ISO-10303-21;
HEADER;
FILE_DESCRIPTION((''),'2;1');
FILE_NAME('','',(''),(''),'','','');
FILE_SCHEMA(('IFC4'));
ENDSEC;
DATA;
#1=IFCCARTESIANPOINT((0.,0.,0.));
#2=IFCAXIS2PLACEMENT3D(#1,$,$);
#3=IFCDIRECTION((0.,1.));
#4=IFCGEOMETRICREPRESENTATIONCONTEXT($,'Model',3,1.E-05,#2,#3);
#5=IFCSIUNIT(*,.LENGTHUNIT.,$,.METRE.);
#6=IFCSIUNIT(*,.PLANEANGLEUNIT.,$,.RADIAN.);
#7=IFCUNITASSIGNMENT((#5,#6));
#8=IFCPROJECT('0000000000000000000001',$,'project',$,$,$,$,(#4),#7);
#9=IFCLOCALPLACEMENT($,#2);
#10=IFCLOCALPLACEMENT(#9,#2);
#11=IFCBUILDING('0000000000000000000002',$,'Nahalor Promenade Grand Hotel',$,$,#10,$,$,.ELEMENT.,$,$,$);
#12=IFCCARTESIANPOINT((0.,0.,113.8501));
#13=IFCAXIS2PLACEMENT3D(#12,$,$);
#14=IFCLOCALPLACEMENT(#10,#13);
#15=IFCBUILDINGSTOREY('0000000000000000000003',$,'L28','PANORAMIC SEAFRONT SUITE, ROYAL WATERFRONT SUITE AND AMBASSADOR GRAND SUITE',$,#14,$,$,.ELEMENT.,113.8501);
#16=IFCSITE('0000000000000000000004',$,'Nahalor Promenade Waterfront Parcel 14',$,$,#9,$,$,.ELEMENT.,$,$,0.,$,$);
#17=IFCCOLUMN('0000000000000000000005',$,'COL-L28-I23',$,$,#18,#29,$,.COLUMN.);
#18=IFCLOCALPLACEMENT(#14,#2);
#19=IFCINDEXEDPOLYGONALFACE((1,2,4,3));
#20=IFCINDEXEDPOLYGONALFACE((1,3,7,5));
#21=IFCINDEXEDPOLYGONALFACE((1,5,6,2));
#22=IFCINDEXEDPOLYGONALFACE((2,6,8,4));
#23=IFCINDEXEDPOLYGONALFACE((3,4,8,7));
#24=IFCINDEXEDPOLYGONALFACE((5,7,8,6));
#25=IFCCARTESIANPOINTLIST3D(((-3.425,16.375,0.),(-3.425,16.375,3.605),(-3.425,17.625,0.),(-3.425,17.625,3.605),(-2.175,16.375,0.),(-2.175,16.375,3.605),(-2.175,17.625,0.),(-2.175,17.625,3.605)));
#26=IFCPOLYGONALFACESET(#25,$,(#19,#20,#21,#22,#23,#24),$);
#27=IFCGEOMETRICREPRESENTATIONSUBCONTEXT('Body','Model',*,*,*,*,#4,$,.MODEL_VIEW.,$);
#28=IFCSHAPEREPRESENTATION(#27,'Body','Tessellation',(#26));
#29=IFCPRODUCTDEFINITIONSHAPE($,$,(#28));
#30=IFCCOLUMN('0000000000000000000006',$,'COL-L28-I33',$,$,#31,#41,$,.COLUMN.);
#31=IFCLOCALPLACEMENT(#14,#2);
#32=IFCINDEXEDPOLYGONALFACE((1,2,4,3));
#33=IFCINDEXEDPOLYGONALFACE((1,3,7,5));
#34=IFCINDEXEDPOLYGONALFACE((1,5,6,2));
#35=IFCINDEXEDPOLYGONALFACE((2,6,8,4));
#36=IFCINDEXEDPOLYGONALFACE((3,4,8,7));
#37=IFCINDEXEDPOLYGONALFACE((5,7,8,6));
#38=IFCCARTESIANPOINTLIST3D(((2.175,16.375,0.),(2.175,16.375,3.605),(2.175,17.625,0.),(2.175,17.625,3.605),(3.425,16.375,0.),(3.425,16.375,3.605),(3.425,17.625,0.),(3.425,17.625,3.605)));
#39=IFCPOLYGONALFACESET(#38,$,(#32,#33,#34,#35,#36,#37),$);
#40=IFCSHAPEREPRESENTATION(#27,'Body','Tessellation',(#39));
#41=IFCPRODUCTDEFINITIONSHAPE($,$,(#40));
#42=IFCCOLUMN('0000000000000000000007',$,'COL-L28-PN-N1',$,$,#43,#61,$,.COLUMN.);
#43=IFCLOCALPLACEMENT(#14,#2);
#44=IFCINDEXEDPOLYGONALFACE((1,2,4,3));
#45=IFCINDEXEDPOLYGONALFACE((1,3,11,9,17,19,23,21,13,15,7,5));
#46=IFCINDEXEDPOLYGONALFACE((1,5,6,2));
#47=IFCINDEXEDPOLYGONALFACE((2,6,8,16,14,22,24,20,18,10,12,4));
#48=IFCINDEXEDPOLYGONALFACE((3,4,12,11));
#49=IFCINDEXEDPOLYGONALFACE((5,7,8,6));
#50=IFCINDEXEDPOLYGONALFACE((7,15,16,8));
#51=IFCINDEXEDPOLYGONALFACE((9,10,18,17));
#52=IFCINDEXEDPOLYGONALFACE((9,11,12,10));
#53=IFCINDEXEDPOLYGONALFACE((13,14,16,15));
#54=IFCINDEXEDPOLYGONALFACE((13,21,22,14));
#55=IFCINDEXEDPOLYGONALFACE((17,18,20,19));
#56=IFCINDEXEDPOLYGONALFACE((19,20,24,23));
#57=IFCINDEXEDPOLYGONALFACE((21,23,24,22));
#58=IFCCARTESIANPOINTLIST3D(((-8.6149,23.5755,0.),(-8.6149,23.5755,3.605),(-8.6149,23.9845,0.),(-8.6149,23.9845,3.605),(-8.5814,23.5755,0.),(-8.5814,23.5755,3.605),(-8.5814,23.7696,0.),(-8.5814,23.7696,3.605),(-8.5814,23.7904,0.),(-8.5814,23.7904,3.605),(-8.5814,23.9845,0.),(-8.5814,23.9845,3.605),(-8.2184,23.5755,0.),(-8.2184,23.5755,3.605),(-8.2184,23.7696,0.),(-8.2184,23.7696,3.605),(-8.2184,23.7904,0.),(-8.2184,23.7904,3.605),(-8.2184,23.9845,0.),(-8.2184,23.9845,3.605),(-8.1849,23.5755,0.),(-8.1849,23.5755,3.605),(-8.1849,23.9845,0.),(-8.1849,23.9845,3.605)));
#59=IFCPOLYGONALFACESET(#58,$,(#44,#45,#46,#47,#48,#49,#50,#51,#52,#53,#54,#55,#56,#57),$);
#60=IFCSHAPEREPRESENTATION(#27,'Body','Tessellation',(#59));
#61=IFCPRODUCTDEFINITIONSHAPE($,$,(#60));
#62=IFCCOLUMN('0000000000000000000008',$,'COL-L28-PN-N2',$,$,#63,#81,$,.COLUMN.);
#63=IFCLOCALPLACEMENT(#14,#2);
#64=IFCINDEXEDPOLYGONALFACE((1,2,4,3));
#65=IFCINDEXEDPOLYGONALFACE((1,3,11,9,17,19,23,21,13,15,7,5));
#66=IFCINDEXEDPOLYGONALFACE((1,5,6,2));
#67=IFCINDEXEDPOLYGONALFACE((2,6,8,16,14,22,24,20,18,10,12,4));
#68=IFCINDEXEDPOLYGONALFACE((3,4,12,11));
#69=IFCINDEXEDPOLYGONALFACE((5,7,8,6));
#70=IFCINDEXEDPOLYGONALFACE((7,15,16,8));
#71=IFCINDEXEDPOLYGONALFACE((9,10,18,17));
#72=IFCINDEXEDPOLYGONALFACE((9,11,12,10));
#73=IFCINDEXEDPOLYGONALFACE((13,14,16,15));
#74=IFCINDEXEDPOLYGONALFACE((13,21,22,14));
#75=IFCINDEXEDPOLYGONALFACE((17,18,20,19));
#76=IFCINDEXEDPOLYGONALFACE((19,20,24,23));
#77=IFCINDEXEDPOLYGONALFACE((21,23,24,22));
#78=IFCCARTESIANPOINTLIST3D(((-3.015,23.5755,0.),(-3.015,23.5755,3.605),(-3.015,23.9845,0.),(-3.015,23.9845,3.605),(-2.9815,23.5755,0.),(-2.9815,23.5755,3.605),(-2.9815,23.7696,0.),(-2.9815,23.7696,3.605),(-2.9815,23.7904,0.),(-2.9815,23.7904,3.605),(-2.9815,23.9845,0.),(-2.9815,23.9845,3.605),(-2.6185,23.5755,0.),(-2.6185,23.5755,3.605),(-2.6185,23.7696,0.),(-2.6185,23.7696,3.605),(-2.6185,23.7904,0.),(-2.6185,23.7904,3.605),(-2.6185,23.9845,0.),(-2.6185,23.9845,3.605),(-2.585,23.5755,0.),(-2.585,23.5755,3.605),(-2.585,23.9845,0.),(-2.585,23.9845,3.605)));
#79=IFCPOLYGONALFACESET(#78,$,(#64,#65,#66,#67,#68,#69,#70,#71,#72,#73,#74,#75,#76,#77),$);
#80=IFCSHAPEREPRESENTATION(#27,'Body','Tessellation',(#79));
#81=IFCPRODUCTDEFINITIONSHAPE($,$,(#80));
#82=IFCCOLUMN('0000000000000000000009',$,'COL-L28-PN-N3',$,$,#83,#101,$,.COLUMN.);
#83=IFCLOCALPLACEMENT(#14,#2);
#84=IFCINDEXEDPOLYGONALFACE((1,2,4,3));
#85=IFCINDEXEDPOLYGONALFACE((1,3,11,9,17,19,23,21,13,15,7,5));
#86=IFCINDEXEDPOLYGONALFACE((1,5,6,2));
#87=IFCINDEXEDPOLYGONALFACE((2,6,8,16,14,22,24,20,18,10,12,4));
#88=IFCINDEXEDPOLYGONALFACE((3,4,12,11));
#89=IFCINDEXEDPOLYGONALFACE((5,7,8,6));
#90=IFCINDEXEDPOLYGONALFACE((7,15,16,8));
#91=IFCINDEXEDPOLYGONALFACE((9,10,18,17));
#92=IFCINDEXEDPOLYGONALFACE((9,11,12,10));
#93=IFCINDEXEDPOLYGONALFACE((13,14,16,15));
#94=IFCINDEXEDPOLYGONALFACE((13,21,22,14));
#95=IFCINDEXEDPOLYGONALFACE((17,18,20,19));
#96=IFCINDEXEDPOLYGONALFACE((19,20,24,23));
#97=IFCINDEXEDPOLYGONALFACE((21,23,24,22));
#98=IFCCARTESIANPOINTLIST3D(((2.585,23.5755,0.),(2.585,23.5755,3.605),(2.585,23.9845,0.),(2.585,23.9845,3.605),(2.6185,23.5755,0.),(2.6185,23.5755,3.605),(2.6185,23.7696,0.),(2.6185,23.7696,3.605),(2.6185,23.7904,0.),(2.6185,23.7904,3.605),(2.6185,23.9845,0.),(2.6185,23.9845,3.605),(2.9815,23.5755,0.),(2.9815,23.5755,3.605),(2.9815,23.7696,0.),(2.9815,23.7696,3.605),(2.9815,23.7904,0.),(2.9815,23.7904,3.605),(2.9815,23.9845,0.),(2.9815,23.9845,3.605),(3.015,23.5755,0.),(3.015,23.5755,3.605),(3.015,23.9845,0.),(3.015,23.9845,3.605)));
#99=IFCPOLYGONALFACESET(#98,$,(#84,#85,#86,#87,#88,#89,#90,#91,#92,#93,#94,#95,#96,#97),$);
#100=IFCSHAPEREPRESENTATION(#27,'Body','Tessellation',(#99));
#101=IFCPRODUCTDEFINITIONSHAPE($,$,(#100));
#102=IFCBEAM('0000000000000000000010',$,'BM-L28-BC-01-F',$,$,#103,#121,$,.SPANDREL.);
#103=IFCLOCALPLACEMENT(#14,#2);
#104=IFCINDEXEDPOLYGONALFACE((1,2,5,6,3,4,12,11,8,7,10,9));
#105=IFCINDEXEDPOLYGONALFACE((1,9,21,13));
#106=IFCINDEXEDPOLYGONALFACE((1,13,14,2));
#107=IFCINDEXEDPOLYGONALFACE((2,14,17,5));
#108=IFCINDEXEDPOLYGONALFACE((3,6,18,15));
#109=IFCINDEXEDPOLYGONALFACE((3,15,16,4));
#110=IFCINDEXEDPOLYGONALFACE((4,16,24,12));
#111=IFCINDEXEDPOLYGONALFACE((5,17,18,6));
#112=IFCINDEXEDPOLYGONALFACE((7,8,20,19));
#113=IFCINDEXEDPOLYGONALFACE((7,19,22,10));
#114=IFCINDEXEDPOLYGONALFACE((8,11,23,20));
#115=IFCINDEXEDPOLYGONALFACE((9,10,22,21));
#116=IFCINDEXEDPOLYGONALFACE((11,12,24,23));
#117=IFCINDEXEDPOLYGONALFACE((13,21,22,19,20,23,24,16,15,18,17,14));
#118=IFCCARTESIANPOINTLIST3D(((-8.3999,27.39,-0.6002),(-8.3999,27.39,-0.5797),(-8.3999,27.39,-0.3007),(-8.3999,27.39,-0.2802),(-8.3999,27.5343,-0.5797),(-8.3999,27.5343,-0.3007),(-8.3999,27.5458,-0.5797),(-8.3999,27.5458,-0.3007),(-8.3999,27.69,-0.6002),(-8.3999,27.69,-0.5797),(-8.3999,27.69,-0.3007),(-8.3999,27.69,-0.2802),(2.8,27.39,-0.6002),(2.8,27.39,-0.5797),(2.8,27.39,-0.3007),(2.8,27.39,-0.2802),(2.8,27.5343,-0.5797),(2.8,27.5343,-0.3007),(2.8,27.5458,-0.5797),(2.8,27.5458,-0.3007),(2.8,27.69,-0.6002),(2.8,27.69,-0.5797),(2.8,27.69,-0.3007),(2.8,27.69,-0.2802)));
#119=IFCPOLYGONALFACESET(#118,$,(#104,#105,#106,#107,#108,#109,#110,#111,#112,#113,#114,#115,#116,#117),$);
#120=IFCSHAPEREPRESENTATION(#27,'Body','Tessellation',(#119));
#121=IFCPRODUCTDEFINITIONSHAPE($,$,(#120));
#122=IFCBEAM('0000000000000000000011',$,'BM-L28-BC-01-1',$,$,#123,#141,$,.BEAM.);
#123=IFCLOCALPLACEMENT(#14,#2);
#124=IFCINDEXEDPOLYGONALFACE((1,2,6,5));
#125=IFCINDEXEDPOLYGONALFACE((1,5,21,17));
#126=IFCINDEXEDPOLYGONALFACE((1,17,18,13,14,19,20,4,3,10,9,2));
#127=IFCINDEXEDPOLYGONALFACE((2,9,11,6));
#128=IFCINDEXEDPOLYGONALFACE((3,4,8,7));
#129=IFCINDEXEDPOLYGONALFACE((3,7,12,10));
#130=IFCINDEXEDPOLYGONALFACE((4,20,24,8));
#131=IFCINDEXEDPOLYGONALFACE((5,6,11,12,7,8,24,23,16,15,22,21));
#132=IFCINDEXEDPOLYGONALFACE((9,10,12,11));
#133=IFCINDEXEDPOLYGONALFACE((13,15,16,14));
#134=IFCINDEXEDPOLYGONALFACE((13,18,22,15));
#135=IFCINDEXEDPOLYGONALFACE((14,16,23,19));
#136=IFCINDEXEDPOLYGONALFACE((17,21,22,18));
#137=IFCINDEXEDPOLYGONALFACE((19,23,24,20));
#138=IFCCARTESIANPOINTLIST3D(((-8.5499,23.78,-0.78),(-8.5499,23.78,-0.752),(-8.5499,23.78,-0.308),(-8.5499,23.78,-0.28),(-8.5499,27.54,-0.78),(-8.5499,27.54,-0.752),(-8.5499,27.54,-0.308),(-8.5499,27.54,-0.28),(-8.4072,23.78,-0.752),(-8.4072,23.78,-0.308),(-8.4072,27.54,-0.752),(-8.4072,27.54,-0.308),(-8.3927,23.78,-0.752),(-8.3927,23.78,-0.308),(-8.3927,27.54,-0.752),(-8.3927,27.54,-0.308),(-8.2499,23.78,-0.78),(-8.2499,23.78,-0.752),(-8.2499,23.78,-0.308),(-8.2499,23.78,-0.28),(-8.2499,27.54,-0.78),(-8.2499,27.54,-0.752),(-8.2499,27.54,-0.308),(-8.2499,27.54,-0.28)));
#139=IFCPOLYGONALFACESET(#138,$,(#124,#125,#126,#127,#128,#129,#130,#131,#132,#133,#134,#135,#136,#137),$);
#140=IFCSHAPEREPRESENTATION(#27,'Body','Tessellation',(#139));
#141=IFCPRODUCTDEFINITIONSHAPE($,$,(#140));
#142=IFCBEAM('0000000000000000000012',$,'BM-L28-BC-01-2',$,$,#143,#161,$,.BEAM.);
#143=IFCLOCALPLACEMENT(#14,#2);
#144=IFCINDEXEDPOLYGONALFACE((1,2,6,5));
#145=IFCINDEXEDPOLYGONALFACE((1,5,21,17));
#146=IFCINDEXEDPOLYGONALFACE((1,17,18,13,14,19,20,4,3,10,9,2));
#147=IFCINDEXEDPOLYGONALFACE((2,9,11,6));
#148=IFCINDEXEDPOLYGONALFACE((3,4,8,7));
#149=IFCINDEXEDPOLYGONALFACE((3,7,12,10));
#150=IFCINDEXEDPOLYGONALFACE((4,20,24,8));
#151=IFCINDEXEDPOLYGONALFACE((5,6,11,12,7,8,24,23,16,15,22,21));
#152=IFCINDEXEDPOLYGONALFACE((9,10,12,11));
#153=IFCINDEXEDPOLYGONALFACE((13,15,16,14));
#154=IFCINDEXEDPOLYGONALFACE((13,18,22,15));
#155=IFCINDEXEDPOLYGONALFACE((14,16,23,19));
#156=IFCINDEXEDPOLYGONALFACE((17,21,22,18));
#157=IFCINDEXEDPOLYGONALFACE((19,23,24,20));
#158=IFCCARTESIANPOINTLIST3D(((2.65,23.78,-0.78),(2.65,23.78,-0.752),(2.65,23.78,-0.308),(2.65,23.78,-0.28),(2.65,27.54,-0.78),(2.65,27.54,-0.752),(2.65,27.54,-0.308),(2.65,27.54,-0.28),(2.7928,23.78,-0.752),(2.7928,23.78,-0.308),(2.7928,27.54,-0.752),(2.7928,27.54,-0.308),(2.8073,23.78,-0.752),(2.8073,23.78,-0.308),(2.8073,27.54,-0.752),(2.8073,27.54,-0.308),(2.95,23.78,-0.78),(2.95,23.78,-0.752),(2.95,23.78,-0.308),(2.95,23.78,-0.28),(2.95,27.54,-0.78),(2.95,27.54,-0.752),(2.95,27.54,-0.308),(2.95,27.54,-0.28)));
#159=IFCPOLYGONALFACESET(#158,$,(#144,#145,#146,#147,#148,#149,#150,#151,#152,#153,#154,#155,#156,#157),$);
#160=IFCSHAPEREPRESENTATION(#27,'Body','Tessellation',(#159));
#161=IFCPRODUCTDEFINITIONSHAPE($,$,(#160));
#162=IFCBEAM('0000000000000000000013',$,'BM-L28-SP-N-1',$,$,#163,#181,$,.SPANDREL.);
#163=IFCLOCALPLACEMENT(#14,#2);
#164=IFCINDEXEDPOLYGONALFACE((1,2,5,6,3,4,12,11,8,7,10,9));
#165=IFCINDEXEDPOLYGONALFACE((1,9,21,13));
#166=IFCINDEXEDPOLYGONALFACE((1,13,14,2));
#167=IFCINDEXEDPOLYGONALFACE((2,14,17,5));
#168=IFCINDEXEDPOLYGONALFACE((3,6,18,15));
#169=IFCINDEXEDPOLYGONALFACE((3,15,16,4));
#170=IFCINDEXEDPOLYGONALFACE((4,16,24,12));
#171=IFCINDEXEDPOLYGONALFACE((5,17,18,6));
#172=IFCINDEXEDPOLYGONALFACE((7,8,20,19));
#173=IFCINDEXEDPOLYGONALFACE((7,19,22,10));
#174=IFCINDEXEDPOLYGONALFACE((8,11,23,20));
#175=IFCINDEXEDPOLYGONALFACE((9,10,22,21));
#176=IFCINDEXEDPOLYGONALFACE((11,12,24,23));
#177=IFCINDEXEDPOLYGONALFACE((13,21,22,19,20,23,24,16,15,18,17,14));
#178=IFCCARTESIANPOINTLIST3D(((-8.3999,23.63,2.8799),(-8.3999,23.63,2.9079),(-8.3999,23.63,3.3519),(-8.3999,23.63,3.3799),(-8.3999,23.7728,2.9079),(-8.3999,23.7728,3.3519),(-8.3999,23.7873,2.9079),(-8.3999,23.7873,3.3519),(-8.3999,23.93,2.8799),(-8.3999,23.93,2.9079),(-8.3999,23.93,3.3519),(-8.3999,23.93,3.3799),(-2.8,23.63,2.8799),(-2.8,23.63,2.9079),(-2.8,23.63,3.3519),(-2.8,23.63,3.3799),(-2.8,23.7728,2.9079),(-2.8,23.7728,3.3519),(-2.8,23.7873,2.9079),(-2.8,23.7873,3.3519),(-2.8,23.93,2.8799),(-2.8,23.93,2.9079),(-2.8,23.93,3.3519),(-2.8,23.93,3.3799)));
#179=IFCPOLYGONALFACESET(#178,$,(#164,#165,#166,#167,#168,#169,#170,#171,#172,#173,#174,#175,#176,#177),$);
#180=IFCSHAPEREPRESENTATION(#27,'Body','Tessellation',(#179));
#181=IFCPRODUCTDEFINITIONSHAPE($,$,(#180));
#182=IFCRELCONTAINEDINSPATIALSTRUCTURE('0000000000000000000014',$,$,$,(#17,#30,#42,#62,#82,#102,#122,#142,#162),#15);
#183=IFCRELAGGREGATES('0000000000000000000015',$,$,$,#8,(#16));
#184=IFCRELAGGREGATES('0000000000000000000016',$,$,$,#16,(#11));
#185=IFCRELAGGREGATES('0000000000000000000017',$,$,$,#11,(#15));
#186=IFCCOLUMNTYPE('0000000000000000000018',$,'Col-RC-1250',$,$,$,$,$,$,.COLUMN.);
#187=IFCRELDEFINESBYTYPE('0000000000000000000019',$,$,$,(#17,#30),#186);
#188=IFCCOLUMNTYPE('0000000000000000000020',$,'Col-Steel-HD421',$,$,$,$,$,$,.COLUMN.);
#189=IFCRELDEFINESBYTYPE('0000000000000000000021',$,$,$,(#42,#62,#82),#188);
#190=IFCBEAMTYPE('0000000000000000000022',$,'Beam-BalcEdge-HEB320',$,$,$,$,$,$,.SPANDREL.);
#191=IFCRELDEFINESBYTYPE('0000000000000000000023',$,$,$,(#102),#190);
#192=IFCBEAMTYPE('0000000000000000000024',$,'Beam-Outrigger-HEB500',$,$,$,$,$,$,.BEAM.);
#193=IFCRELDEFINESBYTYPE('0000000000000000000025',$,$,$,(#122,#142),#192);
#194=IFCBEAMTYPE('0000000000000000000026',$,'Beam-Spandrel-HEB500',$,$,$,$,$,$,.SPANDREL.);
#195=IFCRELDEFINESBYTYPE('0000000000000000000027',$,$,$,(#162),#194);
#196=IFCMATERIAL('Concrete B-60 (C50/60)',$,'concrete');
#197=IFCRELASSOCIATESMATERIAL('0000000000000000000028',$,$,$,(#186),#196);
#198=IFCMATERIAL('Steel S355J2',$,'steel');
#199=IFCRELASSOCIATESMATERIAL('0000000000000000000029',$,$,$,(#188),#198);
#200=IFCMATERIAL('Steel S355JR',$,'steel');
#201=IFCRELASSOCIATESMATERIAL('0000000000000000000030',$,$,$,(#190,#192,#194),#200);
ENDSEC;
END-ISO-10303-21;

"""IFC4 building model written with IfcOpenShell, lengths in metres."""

from ifc_helpers import new_model, si_unit, direction, frame, origin, origin_2d, place, context, subcontext, project, spatial, rectangle, i_section, extrude, source, transform, mapped, material, material_profile, profile_set, type_object, element, save


model = new_model("IFC4")

# Units and contexts
model_context = context("Model", 3, precision=1e-05, world=origin(), true_north=direction((0.0, 1.0)))
body_context = subcontext(model_context, "Body", "Model", "MODEL_VIEW")
ifc_project = project(units=[si_unit("LENGTHUNIT", "METRE"), si_unit("PLANEANGLEUNIT", "RADIAN")], contexts=[model_context])

# Site, building, storey
site_placement = place(None, origin())
site = spatial("IfcSite", under=ifc_project, at=site_placement, Name="Nahalor Promenade Waterfront Parcel 14", CompositionType="ELEMENT", RefElevation=0.0)
building_placement = place(site_placement, origin())
building = spatial("IfcBuilding", under=site, at=building_placement, Name="Nahalor Promenade Grand Hotel", CompositionType="ELEMENT")
storey_placement = place(building_placement, frame((0.0, 0.0, 113.8501)))
storey = spatial("IfcBuildingStorey", under=building, at=storey_placement, Name="L28", Description="PANORAMIC SEAFRONT SUITE, ROYAL WATERFRONT SUITE AND AMBASSADOR GRAND SUITE", CompositionType="ELEMENT", Elevation=113.8501)

# Columns
ifc_material_1 = material(Name="Concrete B-60 (C50/60)", Category="concrete")
ifc_material_profile_1 = material_profile(ifc_material_1, rectangle(XDim=1.25, YDim=1.25, at=origin_2d()), Name="RC 1250x1250")
ifc_profile_set_1 = profile_set([ifc_material_profile_1], Name="Concrete B-60 (C50/60)")
column_type_1 = type_object("IfcColumnType", Name="Col-RC-1250", PredefinedType="COLUMN", material=ifc_profile_set_1)
shared_shape_1 = source(origin(), body_context, "Body", "SweptSolid", [
    extrude(rectangle(XDim=1.25, YDim=1.25, at=origin_2d()), origin(), (0.0, 0.0, 1.0), 3.605),
])
for number, where, z_axis, x_axis, name in (
    (1, (-2.8, 17.0, 0.0), (0.0, 0.0, 1.0), (1.0, 0.0, 0.0), "COL-L28-I23"),
    (2, (2.8, 17.0, 0.0), (0.0, 0.0, 1.0), (1.0, 0.0, 0.0), "COL-L28-I33"),
):
    element("IfcColumn", number, at=place(storey_placement, frame(where, z_axis=z_axis, x_axis=x_axis)), inside=storey, type_object=column_type_1, Name=name, PredefinedType="COLUMN", context=body_context, shape_type="MappedRepresentation", body=[
        mapped(shared_shape_1, transform((0.0, 0.0, 0.0), scale=1.0)),
    ])
ifc_material_2 = material(Name="Steel S355J2", Category="steel")
ifc_material_profile_2 = material_profile(ifc_material_2, i_section(OverallWidth=0.409, OverallDepth=0.43, WebThickness=0.0208, FlangeThickness=0.0335, at=origin_2d()), Name="HD 400x421")
ifc_profile_set_2 = profile_set([ifc_material_profile_2], Name="Steel S355J2")
column_type_2 = type_object("IfcColumnType", Name="Col-Steel-HD421", PredefinedType="COLUMN", material=ifc_profile_set_2)
shared_shape_2 = source(origin(), body_context, "Body", "SweptSolid", [
    extrude(i_section(OverallWidth=0.409, OverallDepth=0.43, WebThickness=0.0208, FlangeThickness=0.0335, at=origin_2d()), origin(), (0.0, 0.0, 1.0), 3.605),
])
for number, where, z_axis, x_axis, name in (
    (3, (-8.3999, 23.78, 0.0), (0.0, 0.0, 1.0), (0.0, 1.0, 0.0), "COL-L28-PN-N1"),
    (4, (-2.8, 23.78, 0.0), (0.0, 0.0, 1.0), (0.0, 1.0, 0.0), "COL-L28-PN-N2"),
    (5, (2.8, 23.78, 0.0), (0.0, 0.0, 1.0), (0.0, 1.0, 0.0), "COL-L28-PN-N3"),
):
    element("IfcColumn", number, at=place(storey_placement, frame(where, z_axis=z_axis, x_axis=x_axis)), inside=storey, type_object=column_type_2, Name=name, PredefinedType="COLUMN", context=body_context, shape_type="MappedRepresentation", body=[
        mapped(shared_shape_2, transform((0.0, 0.0, 0.0), scale=1.0)),
    ])

# Beams
ifc_material_3 = material(Name="Steel S355JR", Category="steel")
ifc_material_profile_3 = material_profile(ifc_material_3, i_section(OverallWidth=0.3, OverallDepth=0.32, WebThickness=0.0115, FlangeThickness=0.0205, at=origin_2d()), Name="HEB 320")
ifc_profile_set_3 = profile_set([ifc_material_profile_3], Name="Steel S355JR")
beam_type_1 = type_object("IfcBeamType", Name="Beam-BalcEdge-HEB320", PredefinedType="SPANDREL", material=ifc_profile_set_3)
shared_shape_3 = source(origin(), body_context, "Body", "SweptSolid", [
    extrude(i_section(OverallWidth=0.3, OverallDepth=0.32, WebThickness=0.0115, FlangeThickness=0.0205, at=origin_2d()), origin(), (0.0, 0.0, 1.0), 11.2),
])
beam_1_placement = place(storey_placement, frame((-8.3999, 27.54, -0.4402), z_axis=(1.0, 0.0, 0.0), x_axis=(0.0, 1.0, 0.0)))
element("IfcBeam", 6, at=beam_1_placement, inside=storey, type_object=beam_type_1, Name="BM-L28-BC-01-F", PredefinedType="SPANDREL", context=body_context, shape_type="MappedRepresentation", body=[
    mapped(shared_shape_3, transform((0.0, 0.0, 0.0), scale=1.0)),
])
ifc_material_profile_4 = material_profile(ifc_material_3, i_section(OverallWidth=0.3, OverallDepth=0.5, WebThickness=0.0145, FlangeThickness=0.028, at=origin_2d()), Name="HEB 500")
ifc_profile_set_4 = profile_set([ifc_material_profile_4], Name="Steel S355JR")
beam_type_2 = type_object("IfcBeamType", Name="Beam-Outrigger-HEB500", PredefinedType="BEAM", material=ifc_profile_set_4)
shared_shape_4 = source(origin(), body_context, "Body", "SweptSolid", [
    extrude(i_section(OverallWidth=0.3, OverallDepth=0.5, WebThickness=0.0145, FlangeThickness=0.028, at=origin_2d()), origin(), (0.0, 0.0, 1.0), 3.76),
])
for number, where, z_axis, x_axis, name in (
    (7, (-8.3999, 23.78, -0.53), (0.0, 1.0, 0.0), (-1.0, 0.0, 0.0), "BM-L28-BC-01-1"),
    (8, (2.8, 23.78, -0.53), (0.0, 1.0, 0.0), (-1.0, 0.0, 0.0), "BM-L28-BC-01-2"),
):
    element("IfcBeam", number, at=place(storey_placement, frame(where, z_axis=z_axis, x_axis=x_axis)), inside=storey, type_object=beam_type_2, Name=name, PredefinedType="BEAM", context=body_context, shape_type="MappedRepresentation", body=[
        mapped(shared_shape_4, transform((0.0, 0.0, 0.0), scale=1.0)),
    ])
ifc_material_profile_5 = material_profile(ifc_material_3, i_section(OverallWidth=0.3, OverallDepth=0.5, WebThickness=0.0145, FlangeThickness=0.028, at=origin_2d()), Name="HEB 500")
ifc_profile_set_5 = profile_set([ifc_material_profile_5], Name="Steel S355JR")
beam_type_3 = type_object("IfcBeamType", Name="Beam-Spandrel-HEB500", PredefinedType="SPANDREL", material=ifc_profile_set_5)
shared_shape_5 = source(origin(), body_context, "Body", "SweptSolid", [
    extrude(i_section(OverallWidth=0.3, OverallDepth=0.5, WebThickness=0.0145, FlangeThickness=0.028, at=origin_2d()), origin(), (0.0, 0.0, 1.0), 5.5999),
])
for number, where, z_axis, x_axis, name in (
    (9, (-8.3999, 23.78, 3.1299), (1.0, 0.0, 0.0), (0.0, 1.0, 0.0), "BM-L28-SP-N-1"),
):
    element("IfcBeam", number, at=place(storey_placement, frame(where, z_axis=z_axis, x_axis=x_axis)), inside=storey, type_object=beam_type_3, Name=name, PredefinedType="SPANDREL", context=body_context, shape_type="MappedRepresentation", body=[
        mapped(shared_shape_5, transform((0.0, 0.0, 0.0), scale=1.0)),
    ])

save(model, "model.ifc")
